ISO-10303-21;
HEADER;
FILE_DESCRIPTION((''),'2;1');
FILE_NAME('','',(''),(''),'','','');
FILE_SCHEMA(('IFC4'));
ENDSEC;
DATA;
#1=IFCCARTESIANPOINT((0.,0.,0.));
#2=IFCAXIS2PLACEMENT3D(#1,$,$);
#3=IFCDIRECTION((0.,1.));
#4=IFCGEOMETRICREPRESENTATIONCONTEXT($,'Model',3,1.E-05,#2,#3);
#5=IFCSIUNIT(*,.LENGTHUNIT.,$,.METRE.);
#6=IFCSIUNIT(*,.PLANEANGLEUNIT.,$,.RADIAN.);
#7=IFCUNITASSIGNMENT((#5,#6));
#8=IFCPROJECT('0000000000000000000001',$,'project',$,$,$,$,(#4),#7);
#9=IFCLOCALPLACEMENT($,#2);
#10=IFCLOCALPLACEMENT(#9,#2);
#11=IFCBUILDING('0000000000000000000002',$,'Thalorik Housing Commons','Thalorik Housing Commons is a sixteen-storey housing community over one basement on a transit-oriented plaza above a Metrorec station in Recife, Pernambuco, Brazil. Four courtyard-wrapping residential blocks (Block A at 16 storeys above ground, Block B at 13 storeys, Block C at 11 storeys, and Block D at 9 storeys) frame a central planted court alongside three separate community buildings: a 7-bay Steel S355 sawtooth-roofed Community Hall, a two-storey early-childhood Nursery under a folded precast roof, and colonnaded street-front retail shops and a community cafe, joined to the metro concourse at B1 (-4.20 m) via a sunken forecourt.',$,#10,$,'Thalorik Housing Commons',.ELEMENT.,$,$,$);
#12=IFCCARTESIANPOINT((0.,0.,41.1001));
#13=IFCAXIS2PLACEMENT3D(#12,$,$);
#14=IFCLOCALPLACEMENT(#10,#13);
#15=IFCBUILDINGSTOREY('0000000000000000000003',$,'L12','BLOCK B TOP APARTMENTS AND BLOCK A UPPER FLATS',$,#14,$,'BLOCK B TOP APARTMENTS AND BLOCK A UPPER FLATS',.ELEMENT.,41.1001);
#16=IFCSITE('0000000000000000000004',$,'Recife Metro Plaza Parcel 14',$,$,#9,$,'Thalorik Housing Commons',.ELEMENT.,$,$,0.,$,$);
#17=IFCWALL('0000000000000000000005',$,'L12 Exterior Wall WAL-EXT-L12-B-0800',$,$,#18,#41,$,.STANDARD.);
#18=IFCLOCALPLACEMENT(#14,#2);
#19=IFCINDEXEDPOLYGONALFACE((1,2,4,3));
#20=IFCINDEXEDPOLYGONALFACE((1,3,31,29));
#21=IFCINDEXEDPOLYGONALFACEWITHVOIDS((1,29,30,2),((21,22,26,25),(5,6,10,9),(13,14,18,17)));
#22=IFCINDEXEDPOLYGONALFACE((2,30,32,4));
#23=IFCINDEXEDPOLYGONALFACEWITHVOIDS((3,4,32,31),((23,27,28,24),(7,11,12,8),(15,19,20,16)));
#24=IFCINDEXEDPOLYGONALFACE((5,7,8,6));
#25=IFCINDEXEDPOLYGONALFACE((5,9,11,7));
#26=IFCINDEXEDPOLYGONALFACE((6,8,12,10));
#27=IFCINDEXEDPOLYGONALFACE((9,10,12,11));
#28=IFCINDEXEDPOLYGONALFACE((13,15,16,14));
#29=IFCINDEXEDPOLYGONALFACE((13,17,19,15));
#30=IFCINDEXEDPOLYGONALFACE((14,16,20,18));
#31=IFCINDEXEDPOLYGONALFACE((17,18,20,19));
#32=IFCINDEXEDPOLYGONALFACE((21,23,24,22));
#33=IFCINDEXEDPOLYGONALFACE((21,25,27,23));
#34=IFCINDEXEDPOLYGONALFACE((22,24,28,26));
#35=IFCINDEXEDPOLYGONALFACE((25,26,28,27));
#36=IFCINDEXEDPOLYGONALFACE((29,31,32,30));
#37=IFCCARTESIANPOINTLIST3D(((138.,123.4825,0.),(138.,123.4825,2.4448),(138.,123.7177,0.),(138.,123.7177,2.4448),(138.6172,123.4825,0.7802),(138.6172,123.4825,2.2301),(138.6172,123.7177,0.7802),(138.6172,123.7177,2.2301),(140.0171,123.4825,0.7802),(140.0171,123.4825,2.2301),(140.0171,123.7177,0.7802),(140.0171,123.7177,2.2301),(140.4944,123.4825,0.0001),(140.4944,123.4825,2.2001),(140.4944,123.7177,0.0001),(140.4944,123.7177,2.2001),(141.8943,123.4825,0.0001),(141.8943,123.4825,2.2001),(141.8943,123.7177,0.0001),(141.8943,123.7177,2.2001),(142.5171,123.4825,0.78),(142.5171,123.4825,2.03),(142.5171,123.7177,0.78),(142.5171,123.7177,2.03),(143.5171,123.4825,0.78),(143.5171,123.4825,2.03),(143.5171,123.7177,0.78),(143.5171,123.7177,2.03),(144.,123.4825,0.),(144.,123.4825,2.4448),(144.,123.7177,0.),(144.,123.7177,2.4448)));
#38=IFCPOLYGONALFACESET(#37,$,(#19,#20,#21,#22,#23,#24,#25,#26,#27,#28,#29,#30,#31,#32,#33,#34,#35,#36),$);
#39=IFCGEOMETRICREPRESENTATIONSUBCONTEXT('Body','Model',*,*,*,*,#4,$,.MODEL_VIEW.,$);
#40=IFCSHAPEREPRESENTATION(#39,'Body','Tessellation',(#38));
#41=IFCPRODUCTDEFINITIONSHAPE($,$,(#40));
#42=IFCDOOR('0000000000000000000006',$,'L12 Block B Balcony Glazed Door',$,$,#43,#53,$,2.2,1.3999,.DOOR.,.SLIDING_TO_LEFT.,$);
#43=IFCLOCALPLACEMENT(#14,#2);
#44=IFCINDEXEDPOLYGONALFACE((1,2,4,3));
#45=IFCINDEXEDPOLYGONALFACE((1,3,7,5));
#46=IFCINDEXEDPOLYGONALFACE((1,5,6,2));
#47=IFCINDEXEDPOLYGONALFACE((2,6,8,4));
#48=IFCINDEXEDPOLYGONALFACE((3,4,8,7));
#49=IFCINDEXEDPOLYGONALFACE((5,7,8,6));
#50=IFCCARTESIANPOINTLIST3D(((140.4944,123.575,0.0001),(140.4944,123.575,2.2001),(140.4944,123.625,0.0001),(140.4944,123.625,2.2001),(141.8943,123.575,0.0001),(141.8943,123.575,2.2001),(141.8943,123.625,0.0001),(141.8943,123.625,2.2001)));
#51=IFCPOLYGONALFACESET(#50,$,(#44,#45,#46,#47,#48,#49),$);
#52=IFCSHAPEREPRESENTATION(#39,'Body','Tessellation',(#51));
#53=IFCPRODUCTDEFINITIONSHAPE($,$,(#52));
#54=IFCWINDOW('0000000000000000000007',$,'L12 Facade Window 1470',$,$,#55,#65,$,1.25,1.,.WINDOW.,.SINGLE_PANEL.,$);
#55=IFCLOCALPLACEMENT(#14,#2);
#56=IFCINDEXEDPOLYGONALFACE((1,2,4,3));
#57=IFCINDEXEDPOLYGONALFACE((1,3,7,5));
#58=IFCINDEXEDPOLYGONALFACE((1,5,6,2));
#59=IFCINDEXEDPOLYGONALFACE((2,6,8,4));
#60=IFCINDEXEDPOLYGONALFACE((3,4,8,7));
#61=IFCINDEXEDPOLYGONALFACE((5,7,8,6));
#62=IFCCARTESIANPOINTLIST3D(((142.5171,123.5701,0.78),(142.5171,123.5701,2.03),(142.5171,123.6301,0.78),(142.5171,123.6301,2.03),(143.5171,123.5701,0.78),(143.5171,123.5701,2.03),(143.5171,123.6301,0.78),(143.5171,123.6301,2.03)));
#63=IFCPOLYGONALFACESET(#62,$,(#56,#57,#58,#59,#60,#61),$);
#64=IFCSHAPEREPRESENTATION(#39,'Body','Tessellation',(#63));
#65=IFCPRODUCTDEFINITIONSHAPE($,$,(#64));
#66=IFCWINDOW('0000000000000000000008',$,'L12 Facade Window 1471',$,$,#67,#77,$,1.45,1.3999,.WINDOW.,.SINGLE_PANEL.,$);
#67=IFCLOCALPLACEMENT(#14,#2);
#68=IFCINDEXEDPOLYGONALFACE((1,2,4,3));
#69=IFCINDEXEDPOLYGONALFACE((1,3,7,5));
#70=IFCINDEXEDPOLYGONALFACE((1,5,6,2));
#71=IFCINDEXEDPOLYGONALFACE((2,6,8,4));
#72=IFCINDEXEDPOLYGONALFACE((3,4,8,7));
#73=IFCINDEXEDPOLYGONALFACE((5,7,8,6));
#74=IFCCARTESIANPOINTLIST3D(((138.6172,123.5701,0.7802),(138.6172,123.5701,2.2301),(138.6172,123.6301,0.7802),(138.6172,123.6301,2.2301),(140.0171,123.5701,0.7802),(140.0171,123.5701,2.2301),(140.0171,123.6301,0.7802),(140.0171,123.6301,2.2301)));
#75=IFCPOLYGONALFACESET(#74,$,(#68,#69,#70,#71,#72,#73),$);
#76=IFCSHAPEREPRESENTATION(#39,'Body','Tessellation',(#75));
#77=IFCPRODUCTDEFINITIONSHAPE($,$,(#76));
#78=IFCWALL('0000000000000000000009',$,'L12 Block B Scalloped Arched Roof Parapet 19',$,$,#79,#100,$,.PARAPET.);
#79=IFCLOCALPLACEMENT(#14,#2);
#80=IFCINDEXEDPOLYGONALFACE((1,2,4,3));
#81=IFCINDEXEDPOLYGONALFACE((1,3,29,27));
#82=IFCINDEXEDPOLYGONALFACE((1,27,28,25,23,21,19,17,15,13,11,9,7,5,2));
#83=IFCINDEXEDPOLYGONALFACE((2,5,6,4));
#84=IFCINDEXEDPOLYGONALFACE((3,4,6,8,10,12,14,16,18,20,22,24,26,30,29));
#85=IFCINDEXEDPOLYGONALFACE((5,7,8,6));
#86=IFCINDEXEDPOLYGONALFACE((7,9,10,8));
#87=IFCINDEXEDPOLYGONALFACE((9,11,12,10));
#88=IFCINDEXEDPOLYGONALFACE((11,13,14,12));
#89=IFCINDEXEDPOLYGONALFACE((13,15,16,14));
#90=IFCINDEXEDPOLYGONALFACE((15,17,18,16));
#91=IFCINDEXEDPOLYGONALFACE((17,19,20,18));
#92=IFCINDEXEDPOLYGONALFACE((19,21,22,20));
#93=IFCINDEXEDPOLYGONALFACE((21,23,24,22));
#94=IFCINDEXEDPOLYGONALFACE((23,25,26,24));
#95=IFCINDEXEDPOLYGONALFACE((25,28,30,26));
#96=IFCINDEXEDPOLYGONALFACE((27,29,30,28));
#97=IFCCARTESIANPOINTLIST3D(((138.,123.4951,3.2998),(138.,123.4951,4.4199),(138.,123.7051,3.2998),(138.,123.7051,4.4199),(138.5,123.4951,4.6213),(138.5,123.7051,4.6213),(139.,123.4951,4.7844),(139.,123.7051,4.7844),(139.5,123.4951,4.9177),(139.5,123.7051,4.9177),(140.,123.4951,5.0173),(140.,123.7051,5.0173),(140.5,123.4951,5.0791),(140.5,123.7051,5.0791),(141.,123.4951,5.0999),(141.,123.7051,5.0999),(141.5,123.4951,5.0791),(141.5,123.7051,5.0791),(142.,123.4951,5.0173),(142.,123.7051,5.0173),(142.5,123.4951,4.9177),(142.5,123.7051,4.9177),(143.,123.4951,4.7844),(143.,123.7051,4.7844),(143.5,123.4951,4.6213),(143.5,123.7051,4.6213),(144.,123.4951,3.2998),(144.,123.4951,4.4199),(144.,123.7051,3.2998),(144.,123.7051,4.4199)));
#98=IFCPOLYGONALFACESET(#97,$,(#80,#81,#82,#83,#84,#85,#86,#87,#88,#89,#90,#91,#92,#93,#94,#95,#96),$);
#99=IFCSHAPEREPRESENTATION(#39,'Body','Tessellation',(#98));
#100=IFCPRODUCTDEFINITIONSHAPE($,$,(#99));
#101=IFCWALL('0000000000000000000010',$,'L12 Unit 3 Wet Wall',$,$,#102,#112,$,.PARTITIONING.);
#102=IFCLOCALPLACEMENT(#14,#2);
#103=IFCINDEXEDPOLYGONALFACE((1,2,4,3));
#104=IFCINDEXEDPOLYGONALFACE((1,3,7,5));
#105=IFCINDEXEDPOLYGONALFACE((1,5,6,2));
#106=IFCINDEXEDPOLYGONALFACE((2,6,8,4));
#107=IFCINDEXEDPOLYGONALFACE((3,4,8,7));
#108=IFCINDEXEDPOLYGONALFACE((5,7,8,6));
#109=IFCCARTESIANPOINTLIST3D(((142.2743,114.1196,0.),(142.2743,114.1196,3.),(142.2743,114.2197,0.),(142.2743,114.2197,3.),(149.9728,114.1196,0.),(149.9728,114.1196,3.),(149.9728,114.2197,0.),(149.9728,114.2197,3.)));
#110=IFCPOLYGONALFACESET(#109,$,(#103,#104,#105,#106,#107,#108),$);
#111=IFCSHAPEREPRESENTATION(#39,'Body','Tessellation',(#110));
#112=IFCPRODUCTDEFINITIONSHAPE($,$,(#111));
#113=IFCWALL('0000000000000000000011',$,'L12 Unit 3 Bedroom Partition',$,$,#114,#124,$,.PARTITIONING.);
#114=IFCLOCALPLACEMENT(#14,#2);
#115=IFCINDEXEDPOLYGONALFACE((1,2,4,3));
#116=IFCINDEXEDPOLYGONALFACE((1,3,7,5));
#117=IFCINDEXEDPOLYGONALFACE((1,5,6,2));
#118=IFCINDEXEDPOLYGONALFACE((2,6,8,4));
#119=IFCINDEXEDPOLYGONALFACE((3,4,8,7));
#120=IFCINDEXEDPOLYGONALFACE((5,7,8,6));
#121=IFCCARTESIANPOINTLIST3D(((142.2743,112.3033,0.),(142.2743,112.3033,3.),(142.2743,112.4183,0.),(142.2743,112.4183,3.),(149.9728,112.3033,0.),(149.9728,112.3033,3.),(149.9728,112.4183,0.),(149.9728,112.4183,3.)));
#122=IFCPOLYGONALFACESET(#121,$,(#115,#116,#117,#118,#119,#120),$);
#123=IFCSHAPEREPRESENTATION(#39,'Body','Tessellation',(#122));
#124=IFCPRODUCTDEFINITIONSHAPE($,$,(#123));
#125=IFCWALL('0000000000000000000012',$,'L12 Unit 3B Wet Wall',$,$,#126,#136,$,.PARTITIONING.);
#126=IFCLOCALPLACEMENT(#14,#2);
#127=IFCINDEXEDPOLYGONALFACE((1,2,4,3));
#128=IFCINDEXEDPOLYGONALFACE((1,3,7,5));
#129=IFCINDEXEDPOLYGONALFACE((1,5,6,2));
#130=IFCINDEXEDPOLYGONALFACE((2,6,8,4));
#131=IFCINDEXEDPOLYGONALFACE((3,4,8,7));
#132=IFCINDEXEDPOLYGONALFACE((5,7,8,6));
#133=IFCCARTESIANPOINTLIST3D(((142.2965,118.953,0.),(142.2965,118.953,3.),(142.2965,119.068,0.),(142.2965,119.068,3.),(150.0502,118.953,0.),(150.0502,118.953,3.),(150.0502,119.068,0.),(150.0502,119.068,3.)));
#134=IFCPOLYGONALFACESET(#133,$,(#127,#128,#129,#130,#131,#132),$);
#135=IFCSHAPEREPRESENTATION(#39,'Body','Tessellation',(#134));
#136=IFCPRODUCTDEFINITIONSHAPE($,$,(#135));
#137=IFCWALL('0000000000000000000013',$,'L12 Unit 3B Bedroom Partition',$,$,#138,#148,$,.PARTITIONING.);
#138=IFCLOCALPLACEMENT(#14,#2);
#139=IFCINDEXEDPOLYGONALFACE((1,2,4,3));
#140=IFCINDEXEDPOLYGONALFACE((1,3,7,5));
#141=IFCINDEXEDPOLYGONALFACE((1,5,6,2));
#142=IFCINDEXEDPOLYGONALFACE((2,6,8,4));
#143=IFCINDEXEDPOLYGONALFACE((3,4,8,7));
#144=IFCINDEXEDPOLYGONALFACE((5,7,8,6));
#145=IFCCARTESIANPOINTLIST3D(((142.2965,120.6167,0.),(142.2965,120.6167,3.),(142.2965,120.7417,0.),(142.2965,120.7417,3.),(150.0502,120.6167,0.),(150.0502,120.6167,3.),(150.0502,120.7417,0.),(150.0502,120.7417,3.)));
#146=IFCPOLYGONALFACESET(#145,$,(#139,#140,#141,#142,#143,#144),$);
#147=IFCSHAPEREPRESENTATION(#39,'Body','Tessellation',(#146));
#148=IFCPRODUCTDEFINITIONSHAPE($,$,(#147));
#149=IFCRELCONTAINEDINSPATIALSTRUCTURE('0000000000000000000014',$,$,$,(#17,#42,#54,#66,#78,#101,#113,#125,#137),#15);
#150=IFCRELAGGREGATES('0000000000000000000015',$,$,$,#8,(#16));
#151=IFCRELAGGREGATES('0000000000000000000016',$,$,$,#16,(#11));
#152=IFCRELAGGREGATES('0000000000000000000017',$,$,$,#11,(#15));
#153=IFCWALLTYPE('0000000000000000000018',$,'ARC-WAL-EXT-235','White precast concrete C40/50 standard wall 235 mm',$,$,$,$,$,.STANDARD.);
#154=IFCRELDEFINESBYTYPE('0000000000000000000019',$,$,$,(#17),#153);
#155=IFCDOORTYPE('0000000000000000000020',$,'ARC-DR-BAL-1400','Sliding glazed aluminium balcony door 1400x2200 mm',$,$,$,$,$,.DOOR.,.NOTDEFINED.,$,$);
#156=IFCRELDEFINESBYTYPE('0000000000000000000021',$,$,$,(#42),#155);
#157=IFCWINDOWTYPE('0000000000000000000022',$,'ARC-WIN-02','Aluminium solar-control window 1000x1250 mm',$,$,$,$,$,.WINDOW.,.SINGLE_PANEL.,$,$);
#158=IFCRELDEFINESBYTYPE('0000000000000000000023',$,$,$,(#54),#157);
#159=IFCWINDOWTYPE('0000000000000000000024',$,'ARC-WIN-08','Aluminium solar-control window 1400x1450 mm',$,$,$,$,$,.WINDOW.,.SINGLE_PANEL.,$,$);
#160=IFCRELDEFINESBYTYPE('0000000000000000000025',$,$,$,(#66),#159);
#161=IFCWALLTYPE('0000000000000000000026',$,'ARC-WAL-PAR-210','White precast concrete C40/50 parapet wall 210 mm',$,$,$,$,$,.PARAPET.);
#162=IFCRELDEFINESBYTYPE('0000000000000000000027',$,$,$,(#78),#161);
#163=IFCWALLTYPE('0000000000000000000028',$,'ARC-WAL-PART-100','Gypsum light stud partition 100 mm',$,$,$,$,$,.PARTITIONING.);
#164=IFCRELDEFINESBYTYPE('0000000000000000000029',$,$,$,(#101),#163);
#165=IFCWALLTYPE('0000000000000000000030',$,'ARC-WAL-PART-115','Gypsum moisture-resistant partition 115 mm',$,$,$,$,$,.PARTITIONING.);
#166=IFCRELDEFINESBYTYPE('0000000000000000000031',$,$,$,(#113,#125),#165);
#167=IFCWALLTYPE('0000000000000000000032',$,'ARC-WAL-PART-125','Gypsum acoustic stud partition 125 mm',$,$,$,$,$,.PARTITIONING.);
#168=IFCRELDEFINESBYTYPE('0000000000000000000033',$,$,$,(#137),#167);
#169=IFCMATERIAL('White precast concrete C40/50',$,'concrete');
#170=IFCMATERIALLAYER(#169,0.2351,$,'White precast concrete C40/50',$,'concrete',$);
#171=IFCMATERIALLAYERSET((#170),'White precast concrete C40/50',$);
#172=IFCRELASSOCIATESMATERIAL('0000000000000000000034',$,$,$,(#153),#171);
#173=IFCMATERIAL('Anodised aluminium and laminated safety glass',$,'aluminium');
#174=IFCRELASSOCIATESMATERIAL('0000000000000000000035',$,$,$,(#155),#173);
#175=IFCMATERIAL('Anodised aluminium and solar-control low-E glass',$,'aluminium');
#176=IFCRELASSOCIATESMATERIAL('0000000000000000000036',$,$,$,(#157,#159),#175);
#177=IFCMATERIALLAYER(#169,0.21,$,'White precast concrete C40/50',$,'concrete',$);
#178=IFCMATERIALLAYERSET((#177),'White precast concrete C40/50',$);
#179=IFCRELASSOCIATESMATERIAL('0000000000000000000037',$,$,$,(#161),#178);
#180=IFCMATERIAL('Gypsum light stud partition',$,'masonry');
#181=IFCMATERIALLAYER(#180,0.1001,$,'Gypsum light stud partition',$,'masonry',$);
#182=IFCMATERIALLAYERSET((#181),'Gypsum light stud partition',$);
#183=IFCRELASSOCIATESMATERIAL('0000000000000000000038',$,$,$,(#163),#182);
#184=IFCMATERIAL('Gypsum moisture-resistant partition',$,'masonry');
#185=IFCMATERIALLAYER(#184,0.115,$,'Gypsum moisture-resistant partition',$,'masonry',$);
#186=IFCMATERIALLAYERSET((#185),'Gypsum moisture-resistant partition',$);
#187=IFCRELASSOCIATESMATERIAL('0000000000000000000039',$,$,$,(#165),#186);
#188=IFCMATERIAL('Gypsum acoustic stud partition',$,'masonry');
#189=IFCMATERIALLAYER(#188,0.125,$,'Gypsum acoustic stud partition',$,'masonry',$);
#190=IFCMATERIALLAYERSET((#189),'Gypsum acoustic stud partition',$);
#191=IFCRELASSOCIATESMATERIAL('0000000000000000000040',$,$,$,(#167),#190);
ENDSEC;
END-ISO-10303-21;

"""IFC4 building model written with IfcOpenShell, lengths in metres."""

from ifc_helpers import new_model, si_unit, direction, frame, frame_2d, origin, place, context, subcontext, project, spatial, polyline, rectangle, outline, extrude, material, layer, layer_set, type_object, element, fill, save


model = new_model("IFC4")

# Units and contexts
model_context = context("Model", 3, precision=1e-05, world=origin(), true_north=direction((0.0, 1.0)))
body_context = subcontext(model_context, "Body", "Model", "MODEL_VIEW")
ifc_project = project(units=[si_unit("LENGTHUNIT", "METRE"), si_unit("PLANEANGLEUNIT", "RADIAN")], contexts=[model_context])

# Site, building, storey
site_placement = place(None, origin())
site = spatial("IfcSite", under=ifc_project, at=site_placement, Name="Recife Metro Plaza Parcel 14", LongName="Thalorik Housing Commons", CompositionType="ELEMENT", RefElevation=0.0)
building_placement = place(site_placement, origin())
building = spatial("IfcBuilding", under=site, at=building_placement, Name="Thalorik Housing Commons", Description="Thalorik Housing Commons is a sixteen-storey housing community over one basement on a transit-oriented plaza above a Metrorec station in Recife, Pernambuco, Brazil. Four courtyard-wrapping residential blocks (Block A at 16 storeys above ground, Block B at 13 storeys, Block C at 11 storeys, and Block D at 9 storeys) frame a central planted court alongside three separate community buildings: a 7-bay Steel S355 sawtooth-roofed Community Hall, a two-storey early-childhood Nursery under a folded precast roof, and colonnaded street-front retail shops and a community cafe, joined to the metro concourse at B1 (-4.20 m) via a sunken forecourt.", LongName="Thalorik Housing Commons", CompositionType="ELEMENT")
storey_placement = place(building_placement, frame((0.0, 0.0, 41.1001)))
storey = spatial("IfcBuildingStorey", under=building, at=storey_placement, Name="L12", Description="BLOCK B TOP APARTMENTS AND BLOCK A UPPER FLATS", LongName="BLOCK B TOP APARTMENTS AND BLOCK A UPPER FLATS", CompositionType="ELEMENT", Elevation=41.1001)

# Wall, openings, door, windows
ifc_material_1 = material(Name="White precast concrete C40/50", Category="concrete")
ifc_layer_1 = layer(ifc_material_1, 0.2351, Name="White precast concrete C40/50", Category="concrete")
ifc_layer_set_1 = layer_set([ifc_layer_1], Name="White precast concrete C40/50")
wall_type_1 = type_object("IfcWallType", Name="ARC-WAL-EXT-235", Description="White precast concrete C40/50 standard wall 235 mm", PredefinedType="STANDARD", material=ifc_layer_set_1)
wall_1_placement = place(storey_placement, frame((144.0, 123.6001, 0.0), z_axis=(0.0, 0.0, 1.0), x_axis=(-1.0, 0.0, 0.0)))
wall_1 = element("IfcWall", 1, at=wall_1_placement, inside=storey, type_object=wall_type_1, Name="L12 Exterior Wall WAL-EXT-L12-B-0800", PredefinedType="STANDARD", context=body_context, shape_type="SweptSolid", body=[
    extrude(rectangle(XDim=6.0, YDim=0.2351, at=frame_2d((3.0, 0.0))), origin(), (0.0, 0.0, 1.0), 2.4448),
])
opening_1_placement = place(wall_1_placement, frame((2.1057, 0.0, 0.0)))
opening_1 = element("IfcOpeningElement", 2, at=opening_1_placement, cuts=wall_1, PredefinedType="OPENING", context=body_context, shape_type="SweptSolid", body=[
    extrude(rectangle(XDim=1.3999, YDim=2.2, at=frame_2d((0.7, 1.1001))), frame((0.0, 0.1274, 0.0), z_axis=(0.0, -1.0, 0.0), x_axis=(1.0, 0.0, 0.0)), (0.0, 0.0, 1.0), 0.2551),
])
opening_2_placement = place(wall_1_placement, frame((0.4829, 0.0, 0.78)))
opening_2 = element("IfcOpeningElement", 3, at=opening_2_placement, cuts=wall_1, PredefinedType="OPENING", context=body_context, shape_type="SweptSolid", body=[
    extrude(rectangle(XDim=1.0, YDim=1.25, at=frame_2d((0.5, 0.625))), frame((0.0, 0.1274, 0.0), z_axis=(0.0, -1.0, 0.0), x_axis=(1.0, 0.0, 0.0)), (0.0, 0.0, 1.0), 0.2551),
])
opening_3_placement = place(wall_1_placement, frame((3.9829, 0.0, 0.78)))
opening_3 = element("IfcOpeningElement", 4, at=opening_3_placement, cuts=wall_1, PredefinedType="OPENING", context=body_context, shape_type="SweptSolid", body=[
    extrude(rectangle(XDim=1.3999, YDim=1.45, at=frame_2d((0.7, 0.7251))), frame((0.0, 0.1274, 0.0), z_axis=(0.0, -1.0, 0.0), x_axis=(1.0, 0.0, 0.0)), (0.0, 0.0, 1.0), 0.2551),
])
ifc_material_2 = material(Name="Anodised aluminium and laminated safety glass", Category="aluminium")
door_type_1 = type_object("IfcDoorType", Name="ARC-DR-BAL-1400", Description="Sliding glazed aluminium balcony door 1400x2200 mm", OperationType="NOTDEFINED", PredefinedType="DOOR", material=ifc_material_2)
door_1_placement = place(opening_1_placement, frame((1.3999, 0.0, 0.0), z_axis=(0.0, 0.0, 1.0), x_axis=(-1.0, 0.0, 0.0)))
door_1 = element("IfcDoor", 5, at=door_1_placement, inside=storey, type_object=door_type_1, Name="L12 Block B Balcony Glazed Door", OperationType="SLIDING_TO_LEFT", OverallHeight=2.2, OverallWidth=1.3999, PredefinedType="DOOR", context=body_context, shape_type="SweptSolid", body=[
    extrude(rectangle(XDim=1.3999, YDim=2.2, at=frame_2d((0.7, 1.1001))), frame((0.0, 0.0249, 0.0), z_axis=(0.0, -1.0, 0.0), x_axis=(1.0, 0.0, 0.0)), (0.0, 0.0, 1.0), 0.05),
])
fill(opening_1, door_1)
ifc_material_3 = material(Name="Anodised aluminium and solar-control low-E glass", Category="aluminium")
window_type_1 = type_object("IfcWindowType", Name="ARC-WIN-02", Description="Aluminium solar-control window 1000x1250 mm", PartitioningType="SINGLE_PANEL", PredefinedType="WINDOW", material=ifc_material_3)
window_1_placement = place(opening_2_placement, origin())
window_1 = element("IfcWindow", 6, at=window_1_placement, inside=storey, type_object=window_type_1, Name="L12 Facade Window 1470", OverallHeight=1.25, OverallWidth=1.0, PartitioningType="SINGLE_PANEL", PredefinedType="WINDOW", context=body_context, shape_type="SweptSolid", body=[
    extrude(rectangle(XDim=1.0, YDim=1.25, at=frame_2d((0.5, 0.625))), frame((0.0, 0.03, 0.0), z_axis=(0.0, -1.0, 0.0), x_axis=(1.0, 0.0, 0.0)), (0.0, 0.0, 1.0), 0.0601),
])
fill(opening_2, window_1)
window_type_2 = type_object("IfcWindowType", Name="ARC-WIN-08", Description="Aluminium solar-control window 1400x1450 mm", PartitioningType="SINGLE_PANEL", PredefinedType="WINDOW", material=ifc_material_3)
window_2_placement = place(opening_3_placement, origin())
window_2 = element("IfcWindow", 7, at=window_2_placement, inside=storey, type_object=window_type_2, Name="L12 Facade Window 1471", OverallHeight=1.45, OverallWidth=1.3999, PartitioningType="SINGLE_PANEL", PredefinedType="WINDOW", context=body_context, shape_type="SweptSolid", body=[
    extrude(rectangle(XDim=1.3999, YDim=1.45, at=frame_2d((0.7, 0.7251))), frame((0.0, 0.03, 0.0), z_axis=(0.0, -1.0, 0.0), x_axis=(1.0, 0.0, 0.0)), (0.0, 0.0, 1.0), 0.0601),
])
fill(opening_3, window_2)

# Walls
ifc_layer_2 = layer(ifc_material_1, 0.21, Name="White precast concrete C40/50", Category="concrete")
ifc_layer_set_2 = layer_set([ifc_layer_2], Name="White precast concrete C40/50")
wall_type_2 = type_object("IfcWallType", Name="ARC-WAL-PAR-210", Description="White precast concrete C40/50 parapet wall 210 mm", PredefinedType="PARAPET", material=ifc_layer_set_2)
wall_2_placement = place(storey_placement, frame((144.0, 123.6001, 3.2998), z_axis=(0.0, 0.0, 1.0), x_axis=(-1.0, 0.0, 0.0)))
element("IfcWall", 8, at=wall_2_placement, inside=storey, type_object=wall_type_2, Name="L12 Block B Scalloped Arched Roof Parapet 19", PredefinedType="PARAPET", context=body_context, shape_type="SweptSolid", body=[
    extrude(outline(polyline([(0.0, 0.0), (6.0, 0.0), (6.0, 1.1201), (5.5, 1.3215), (5.0, 1.4846), (4.5, 1.6179), (4.0, 1.7175), (3.5, 1.7793), (3.0, 1.8), (2.5, 1.7793), (2.0, 1.7175), (1.5, 1.6179), (1.0, 1.4846), (0.5, 1.3215), (0.0, 1.1201), (0.0, 0.0)])), frame((0.0, 0.105, 0.0), z_axis=(0.0, -1.0, 0.0), x_axis=(1.0, 0.0, 0.0)), (0.0, 0.0, 1.0), 0.21),
])
ifc_material_4 = material(Name="Gypsum light stud partition", Category="masonry")
ifc_layer_3 = layer(ifc_material_4, 0.1001, Name="Gypsum light stud partition", Category="masonry")
ifc_layer_set_3 = layer_set([ifc_layer_3], Name="Gypsum light stud partition")
wall_type_3 = type_object("IfcWallType", Name="ARC-WAL-PART-100", Description="Gypsum light stud partition 100 mm", PredefinedType="PARTITIONING", material=ifc_layer_set_3)
wall_3_placement = place(storey_placement, frame((142.2744, 114.1697, 0.0), z_axis=(0.0, 0.0, 1.0), x_axis=(1.0, 0.0, 0.0)))
element("IfcWall", 9, at=wall_3_placement, inside=storey, type_object=wall_type_3, Name="L12 Unit 3 Wet Wall", PredefinedType="PARTITIONING", context=body_context, shape_type="SweptSolid", body=[
    extrude(rectangle(XDim=7.6985, YDim=0.1001, at=frame_2d((3.8491, 0.0))), origin(), (0.0, 0.0, 1.0), 3.0),
])
ifc_material_5 = material(Name="Gypsum moisture-resistant partition", Category="masonry")
ifc_layer_4 = layer(ifc_material_5, 0.115, Name="Gypsum moisture-resistant partition", Category="masonry")
ifc_layer_set_4 = layer_set([ifc_layer_4], Name="Gypsum moisture-resistant partition")
wall_type_4 = type_object("IfcWallType", Name="ARC-WAL-PART-115", Description="Gypsum moisture-resistant partition 115 mm", PredefinedType="PARTITIONING", material=ifc_layer_set_4)
wall_4_placement = place(storey_placement, frame((142.2744, 112.3608, 0.0), z_axis=(0.0, 0.0, 1.0), x_axis=(1.0, 0.0, 0.0)))
element("IfcWall", 10, at=wall_4_placement, inside=storey, type_object=wall_type_4, Name="L12 Unit 3 Bedroom Partition", PredefinedType="PARTITIONING", context=body_context, shape_type="SweptSolid", body=[
    extrude(rectangle(XDim=7.6985, YDim=0.115, at=frame_2d((3.8491, 0.0))), origin(), (0.0, 0.0, 1.0), 3.0),
])
wall_5_placement = place(storey_placement, frame((142.2964, 119.0105, 0.0), z_axis=(0.0, 0.0, 1.0), x_axis=(1.0, 0.0, 0.0)))
element("IfcWall", 11, at=wall_5_placement, inside=storey, type_object=wall_type_4, Name="L12 Unit 3B Wet Wall", PredefinedType="PARTITIONING", context=body_context, shape_type="SweptSolid", body=[
    extrude(rectangle(XDim=7.7537, YDim=0.115, at=frame_2d((3.877, 0.0))), origin(), (0.0, 0.0, 1.0), 3.0),
])
ifc_material_6 = material(Name="Gypsum acoustic stud partition", Category="masonry")
ifc_layer_5 = layer(ifc_material_6, 0.125, Name="Gypsum acoustic stud partition", Category="masonry")
ifc_layer_set_5 = layer_set([ifc_layer_5], Name="Gypsum acoustic stud partition")
wall_type_5 = type_object("IfcWallType", Name="ARC-WAL-PART-125", Description="Gypsum acoustic stud partition 125 mm", PredefinedType="PARTITIONING", material=ifc_layer_set_5)
wall_6_placement = place(storey_placement, frame((142.2964, 120.6792, 0.0), z_axis=(0.0, 0.0, 1.0), x_axis=(1.0, 0.0, 0.0)))
element("IfcWall", 12, at=wall_6_placement, inside=storey, type_object=wall_type_5, Name="L12 Unit 3B Bedroom Partition", PredefinedType="PARTITIONING", context=body_context, shape_type="SweptSolid", body=[
    extrude(rectangle(XDim=7.7537, YDim=0.125, at=frame_2d((3.877, 0.0))), origin(), (0.0, 0.0, 1.0), 3.0),
])

save(model, "model.ifc")
